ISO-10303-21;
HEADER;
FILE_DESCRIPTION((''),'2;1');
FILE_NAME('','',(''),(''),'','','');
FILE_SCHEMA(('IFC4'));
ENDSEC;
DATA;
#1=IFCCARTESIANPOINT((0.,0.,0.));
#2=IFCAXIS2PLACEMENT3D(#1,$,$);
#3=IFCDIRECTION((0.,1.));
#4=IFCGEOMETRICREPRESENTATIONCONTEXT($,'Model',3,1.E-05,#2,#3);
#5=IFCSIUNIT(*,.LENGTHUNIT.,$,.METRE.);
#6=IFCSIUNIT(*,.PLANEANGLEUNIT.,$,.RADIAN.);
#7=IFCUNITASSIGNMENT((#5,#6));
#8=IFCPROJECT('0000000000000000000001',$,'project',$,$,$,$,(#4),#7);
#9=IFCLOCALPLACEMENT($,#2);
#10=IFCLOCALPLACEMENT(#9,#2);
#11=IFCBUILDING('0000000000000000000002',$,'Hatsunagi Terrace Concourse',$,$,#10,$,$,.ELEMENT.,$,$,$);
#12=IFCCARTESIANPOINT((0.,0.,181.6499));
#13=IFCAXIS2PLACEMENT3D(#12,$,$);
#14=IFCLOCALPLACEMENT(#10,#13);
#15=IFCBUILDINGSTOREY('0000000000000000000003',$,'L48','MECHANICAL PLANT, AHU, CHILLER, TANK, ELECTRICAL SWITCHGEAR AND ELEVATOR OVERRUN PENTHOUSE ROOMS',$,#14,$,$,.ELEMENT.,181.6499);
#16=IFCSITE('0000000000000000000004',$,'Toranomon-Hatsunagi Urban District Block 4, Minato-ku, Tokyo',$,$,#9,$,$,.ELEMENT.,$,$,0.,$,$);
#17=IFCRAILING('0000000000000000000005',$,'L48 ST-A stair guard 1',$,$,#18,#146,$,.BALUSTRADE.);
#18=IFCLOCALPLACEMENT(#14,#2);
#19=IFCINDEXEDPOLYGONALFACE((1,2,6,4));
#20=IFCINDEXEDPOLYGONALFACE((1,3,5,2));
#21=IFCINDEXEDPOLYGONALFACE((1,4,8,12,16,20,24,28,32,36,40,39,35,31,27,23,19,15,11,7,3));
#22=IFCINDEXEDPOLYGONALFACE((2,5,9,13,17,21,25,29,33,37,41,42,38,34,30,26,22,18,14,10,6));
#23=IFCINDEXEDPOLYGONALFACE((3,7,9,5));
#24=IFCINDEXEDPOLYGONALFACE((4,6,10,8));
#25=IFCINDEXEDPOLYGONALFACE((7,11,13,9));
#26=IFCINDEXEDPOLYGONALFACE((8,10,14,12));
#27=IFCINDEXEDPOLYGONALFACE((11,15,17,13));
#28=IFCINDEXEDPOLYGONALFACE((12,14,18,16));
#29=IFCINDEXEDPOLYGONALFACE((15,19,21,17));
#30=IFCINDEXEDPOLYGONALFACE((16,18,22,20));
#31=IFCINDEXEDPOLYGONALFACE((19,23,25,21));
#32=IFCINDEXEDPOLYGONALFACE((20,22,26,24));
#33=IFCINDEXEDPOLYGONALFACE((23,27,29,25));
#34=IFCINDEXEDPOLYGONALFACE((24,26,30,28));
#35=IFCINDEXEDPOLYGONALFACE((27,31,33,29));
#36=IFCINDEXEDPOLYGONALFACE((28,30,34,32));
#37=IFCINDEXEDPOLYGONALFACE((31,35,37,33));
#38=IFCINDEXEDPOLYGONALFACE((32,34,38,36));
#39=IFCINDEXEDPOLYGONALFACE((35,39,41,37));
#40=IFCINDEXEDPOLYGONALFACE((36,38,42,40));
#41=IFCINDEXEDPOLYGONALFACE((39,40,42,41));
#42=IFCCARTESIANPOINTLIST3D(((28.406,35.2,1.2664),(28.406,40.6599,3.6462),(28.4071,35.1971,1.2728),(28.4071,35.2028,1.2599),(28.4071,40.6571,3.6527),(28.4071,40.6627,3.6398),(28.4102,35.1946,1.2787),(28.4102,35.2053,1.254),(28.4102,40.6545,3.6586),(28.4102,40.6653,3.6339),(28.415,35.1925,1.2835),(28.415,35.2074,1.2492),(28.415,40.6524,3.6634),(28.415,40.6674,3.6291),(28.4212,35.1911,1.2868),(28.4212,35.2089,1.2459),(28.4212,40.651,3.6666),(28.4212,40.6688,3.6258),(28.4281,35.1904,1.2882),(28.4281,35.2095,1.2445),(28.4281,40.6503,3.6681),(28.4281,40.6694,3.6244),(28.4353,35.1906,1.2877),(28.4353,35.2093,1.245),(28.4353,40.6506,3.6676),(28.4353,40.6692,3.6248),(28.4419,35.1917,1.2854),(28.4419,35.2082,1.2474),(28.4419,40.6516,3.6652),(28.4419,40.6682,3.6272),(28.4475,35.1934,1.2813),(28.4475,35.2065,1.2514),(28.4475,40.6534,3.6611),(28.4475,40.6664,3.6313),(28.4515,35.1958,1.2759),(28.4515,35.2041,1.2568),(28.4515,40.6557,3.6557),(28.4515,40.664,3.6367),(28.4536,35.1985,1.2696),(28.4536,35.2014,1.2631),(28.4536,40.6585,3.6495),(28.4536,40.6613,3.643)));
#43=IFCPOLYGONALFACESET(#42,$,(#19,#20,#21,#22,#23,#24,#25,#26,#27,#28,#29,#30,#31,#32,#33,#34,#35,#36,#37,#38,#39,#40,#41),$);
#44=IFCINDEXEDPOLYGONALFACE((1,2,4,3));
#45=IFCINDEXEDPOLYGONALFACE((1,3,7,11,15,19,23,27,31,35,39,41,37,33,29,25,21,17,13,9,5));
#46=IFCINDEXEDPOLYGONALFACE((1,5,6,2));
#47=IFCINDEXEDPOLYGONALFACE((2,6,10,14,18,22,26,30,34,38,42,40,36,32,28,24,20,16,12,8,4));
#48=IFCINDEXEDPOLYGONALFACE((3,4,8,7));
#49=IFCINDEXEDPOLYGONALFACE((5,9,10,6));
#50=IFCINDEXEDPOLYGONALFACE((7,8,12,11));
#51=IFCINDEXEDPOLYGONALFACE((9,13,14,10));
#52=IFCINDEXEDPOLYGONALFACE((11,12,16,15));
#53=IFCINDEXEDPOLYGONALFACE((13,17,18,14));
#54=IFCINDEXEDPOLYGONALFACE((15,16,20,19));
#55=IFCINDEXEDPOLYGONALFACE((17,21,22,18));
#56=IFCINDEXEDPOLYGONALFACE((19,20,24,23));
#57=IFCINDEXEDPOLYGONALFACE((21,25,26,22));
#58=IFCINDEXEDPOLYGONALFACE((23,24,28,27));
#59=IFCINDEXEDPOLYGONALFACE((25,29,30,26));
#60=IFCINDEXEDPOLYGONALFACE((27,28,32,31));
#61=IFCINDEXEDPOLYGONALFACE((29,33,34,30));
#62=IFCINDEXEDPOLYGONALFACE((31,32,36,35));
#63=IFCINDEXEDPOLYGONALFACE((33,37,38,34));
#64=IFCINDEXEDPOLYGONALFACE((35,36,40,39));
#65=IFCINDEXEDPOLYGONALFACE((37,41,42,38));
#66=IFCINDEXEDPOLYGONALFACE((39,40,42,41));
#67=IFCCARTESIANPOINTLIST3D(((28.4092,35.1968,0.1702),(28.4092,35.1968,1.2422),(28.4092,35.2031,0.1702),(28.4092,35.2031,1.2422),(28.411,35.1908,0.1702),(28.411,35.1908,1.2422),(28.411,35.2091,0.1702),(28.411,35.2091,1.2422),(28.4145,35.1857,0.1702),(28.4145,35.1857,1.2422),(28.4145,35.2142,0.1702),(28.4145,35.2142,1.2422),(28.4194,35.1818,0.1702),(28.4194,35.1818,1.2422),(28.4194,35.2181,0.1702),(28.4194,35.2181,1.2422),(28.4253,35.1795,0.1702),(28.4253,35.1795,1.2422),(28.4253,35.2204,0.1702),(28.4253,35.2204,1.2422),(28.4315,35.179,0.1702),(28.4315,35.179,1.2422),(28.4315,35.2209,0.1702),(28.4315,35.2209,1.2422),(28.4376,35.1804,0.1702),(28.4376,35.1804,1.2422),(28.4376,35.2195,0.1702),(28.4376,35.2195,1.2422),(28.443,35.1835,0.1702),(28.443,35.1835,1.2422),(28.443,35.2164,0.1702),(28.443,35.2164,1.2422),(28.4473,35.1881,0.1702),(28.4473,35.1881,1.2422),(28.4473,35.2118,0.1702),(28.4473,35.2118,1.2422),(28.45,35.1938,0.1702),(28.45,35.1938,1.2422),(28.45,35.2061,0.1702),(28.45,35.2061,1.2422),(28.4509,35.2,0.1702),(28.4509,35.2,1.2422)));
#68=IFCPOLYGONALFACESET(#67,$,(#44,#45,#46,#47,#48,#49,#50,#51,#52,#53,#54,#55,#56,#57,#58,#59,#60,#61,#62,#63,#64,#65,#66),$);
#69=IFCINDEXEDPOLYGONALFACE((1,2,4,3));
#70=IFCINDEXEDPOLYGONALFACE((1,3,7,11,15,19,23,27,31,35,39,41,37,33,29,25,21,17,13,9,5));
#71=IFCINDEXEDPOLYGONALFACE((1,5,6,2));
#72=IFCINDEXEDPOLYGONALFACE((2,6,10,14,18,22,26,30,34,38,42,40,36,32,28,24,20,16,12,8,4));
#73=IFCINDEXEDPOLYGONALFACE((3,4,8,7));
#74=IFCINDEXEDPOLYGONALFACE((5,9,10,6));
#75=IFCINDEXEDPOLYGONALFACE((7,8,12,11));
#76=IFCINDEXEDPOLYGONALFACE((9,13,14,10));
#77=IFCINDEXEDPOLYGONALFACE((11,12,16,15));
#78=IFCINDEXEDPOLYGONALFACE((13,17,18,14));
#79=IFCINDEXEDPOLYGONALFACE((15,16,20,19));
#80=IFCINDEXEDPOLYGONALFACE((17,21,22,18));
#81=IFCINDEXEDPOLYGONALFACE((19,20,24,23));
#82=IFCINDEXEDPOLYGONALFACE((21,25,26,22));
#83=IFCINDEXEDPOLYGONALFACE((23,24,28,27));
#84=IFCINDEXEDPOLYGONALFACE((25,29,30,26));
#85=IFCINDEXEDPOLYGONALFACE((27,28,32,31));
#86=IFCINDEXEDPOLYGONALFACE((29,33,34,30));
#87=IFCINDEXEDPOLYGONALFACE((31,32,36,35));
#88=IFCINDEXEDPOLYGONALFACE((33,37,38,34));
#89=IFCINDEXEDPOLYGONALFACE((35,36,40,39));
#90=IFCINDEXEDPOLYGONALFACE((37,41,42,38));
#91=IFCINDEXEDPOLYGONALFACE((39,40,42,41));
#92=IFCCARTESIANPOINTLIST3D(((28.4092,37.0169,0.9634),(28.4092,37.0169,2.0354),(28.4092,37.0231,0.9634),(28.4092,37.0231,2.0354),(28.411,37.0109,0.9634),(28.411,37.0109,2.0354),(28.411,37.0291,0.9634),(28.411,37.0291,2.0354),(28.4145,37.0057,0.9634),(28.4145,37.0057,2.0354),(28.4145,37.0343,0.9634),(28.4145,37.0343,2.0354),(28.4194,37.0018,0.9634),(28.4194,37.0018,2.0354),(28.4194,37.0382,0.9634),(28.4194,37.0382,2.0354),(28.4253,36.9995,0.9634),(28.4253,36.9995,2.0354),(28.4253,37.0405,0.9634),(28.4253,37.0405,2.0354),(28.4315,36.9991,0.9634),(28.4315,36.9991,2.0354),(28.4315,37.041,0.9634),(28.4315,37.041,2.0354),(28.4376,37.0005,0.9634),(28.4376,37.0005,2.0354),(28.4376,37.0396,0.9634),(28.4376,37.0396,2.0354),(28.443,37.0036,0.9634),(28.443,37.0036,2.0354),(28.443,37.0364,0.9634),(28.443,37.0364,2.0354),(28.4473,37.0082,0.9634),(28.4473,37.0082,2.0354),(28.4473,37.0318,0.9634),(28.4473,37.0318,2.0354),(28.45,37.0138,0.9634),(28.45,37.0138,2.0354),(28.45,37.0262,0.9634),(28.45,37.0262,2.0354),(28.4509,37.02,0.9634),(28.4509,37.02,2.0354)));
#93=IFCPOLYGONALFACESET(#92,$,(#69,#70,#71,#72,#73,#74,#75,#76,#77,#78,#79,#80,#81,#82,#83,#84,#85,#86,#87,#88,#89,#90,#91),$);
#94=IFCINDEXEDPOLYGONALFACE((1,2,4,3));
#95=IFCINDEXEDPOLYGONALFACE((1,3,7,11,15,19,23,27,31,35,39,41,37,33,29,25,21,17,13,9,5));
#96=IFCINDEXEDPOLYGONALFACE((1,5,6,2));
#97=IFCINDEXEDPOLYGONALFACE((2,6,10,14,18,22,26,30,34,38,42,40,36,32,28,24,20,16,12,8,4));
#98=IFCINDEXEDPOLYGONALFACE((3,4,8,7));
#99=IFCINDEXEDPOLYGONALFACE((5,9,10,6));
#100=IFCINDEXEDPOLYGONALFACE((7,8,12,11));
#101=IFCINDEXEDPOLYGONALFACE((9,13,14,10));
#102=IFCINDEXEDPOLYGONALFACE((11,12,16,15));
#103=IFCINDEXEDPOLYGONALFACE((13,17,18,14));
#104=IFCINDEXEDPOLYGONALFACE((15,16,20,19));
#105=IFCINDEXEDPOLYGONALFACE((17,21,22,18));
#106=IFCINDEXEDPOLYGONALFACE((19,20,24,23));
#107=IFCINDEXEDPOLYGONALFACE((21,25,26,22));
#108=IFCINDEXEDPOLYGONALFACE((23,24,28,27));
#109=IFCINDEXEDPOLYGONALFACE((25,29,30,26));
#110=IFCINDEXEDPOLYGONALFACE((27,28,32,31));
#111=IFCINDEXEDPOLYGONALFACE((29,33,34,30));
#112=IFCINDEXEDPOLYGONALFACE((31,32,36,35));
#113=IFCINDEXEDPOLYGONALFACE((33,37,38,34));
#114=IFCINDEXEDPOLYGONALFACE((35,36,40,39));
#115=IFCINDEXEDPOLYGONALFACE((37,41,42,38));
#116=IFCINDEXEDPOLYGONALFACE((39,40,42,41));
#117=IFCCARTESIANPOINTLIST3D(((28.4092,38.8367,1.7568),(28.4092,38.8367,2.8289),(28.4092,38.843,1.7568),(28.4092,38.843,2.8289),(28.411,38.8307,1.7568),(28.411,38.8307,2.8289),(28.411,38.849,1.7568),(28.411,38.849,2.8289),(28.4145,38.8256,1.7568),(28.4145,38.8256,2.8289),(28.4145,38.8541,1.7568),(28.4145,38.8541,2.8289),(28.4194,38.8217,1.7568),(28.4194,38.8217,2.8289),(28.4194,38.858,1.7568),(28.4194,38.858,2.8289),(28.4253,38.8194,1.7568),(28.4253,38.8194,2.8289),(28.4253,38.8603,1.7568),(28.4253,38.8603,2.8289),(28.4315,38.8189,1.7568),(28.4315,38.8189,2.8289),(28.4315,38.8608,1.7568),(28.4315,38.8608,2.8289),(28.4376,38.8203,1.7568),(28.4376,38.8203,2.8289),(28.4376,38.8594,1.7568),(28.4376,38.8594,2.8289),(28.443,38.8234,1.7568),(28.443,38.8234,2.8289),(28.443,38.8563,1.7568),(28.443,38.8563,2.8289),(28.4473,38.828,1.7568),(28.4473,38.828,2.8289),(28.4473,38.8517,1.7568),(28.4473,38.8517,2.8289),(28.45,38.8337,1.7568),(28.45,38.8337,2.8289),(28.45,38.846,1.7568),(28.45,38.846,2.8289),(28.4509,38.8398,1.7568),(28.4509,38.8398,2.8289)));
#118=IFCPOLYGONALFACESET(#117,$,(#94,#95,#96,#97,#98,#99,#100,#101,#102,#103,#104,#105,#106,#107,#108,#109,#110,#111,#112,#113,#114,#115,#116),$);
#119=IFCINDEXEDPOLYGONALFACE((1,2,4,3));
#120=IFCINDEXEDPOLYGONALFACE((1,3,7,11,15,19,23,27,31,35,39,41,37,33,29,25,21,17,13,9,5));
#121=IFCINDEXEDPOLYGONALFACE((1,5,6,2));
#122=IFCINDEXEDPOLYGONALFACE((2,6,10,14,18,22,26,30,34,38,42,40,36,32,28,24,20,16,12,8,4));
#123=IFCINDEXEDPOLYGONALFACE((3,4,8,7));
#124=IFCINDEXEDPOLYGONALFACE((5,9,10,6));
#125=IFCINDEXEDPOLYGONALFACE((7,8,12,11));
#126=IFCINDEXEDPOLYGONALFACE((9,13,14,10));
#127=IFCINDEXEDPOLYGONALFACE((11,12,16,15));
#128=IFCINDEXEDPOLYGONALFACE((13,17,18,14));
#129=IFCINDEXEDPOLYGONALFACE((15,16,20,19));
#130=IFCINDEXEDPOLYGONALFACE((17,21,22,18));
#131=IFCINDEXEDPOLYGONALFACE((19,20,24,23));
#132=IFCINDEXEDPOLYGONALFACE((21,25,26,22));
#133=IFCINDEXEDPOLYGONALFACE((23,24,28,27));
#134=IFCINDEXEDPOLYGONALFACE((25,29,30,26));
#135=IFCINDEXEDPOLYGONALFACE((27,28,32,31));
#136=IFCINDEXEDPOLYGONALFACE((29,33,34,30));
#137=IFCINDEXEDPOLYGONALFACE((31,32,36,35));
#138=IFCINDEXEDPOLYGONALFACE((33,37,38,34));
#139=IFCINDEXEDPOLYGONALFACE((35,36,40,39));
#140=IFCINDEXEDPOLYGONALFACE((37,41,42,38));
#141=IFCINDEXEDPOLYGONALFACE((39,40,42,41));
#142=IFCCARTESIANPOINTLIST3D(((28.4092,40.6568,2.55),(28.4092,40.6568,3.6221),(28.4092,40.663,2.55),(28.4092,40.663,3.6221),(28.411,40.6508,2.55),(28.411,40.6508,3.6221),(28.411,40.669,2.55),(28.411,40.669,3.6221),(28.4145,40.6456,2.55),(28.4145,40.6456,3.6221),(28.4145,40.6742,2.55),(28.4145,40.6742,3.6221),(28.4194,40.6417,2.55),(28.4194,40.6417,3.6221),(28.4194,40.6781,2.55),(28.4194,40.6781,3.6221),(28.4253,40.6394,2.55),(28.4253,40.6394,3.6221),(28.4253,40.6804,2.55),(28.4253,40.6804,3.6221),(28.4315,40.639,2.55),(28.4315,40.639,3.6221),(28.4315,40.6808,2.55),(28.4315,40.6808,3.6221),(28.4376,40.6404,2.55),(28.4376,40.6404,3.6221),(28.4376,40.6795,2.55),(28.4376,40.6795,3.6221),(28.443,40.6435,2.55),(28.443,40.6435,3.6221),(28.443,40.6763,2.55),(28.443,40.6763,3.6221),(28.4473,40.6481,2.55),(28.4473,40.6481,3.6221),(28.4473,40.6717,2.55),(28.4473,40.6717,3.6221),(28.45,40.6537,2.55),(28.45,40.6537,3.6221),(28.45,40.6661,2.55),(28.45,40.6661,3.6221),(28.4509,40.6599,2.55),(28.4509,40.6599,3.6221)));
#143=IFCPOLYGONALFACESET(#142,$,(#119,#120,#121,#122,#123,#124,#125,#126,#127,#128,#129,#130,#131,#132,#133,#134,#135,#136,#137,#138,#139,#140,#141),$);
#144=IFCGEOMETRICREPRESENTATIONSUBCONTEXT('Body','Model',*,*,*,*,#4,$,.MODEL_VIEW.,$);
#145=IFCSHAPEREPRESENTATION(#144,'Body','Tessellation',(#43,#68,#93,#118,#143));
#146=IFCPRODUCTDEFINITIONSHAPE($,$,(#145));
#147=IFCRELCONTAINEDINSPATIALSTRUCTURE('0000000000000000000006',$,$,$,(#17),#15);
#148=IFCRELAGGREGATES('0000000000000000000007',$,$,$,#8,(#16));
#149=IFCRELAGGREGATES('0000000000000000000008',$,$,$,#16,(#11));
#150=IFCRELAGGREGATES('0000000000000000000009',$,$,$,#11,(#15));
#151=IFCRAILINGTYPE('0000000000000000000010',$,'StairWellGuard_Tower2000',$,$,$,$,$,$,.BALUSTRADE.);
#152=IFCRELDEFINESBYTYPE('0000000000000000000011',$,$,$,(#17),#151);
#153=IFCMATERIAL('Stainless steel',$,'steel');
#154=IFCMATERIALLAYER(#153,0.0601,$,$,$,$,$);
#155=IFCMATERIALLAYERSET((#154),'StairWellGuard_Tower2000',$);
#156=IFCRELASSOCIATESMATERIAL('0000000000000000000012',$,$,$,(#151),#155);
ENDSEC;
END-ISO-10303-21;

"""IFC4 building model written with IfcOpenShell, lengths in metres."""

from ifc_helpers import new_model, si_unit, direction, frame, origin, origin_2d, place, context, subcontext, project, spatial, circle, extrude, material, layer, layer_set, type_object, element, save


model = new_model("IFC4")

# Units and contexts
model_context = context("Model", 3, precision=1e-05, world=origin(), true_north=direction((0.0, 1.0)))
body_context = subcontext(model_context, "Body", "Model", "MODEL_VIEW")
ifc_project = project(units=[si_unit("LENGTHUNIT", "METRE"), si_unit("PLANEANGLEUNIT", "RADIAN")], contexts=[model_context])

# Site, building, storey
site_placement = place(None, origin())
site = spatial("IfcSite", under=ifc_project, at=site_placement, Name="Toranomon-Hatsunagi Urban District Block 4, Minato-ku, Tokyo", CompositionType="ELEMENT", RefElevation=0.0)
building_placement = place(site_placement, origin())
building = spatial("IfcBuilding", under=site, at=building_placement, Name="Hatsunagi Terrace Concourse", CompositionType="ELEMENT")
storey_placement = place(building_placement, frame((0.0, 0.0, 181.6499)))
storey = spatial("IfcBuildingStorey", under=building, at=storey_placement, Name="L48", Description="MECHANICAL PLANT, AHU, CHILLER, TANK, ELECTRICAL SWITCHGEAR AND ELEVATOR OVERRUN PENTHOUSE ROOMS", CompositionType="ELEMENT", Elevation=181.6499)

# Railing
ifc_material_1 = material(Name="Stainless steel", Category="steel")
ifc_layer_1 = layer(ifc_material_1, 0.0601)
ifc_layer_set_1 = layer_set([ifc_layer_1], Name="StairWellGuard_Tower2000")
railing_type_1 = type_object("IfcRailingType", Name="StairWellGuard_Tower2000", PredefinedType="BALUSTRADE", material=ifc_layer_set_1)
railing_1_placement = place(storey_placement, frame((28.4299, 35.2, 0.1702)))
element("IfcRailing", 1, at=railing_1_placement, inside=storey, type_object=railing_type_1, Name="L48 ST-A stair guard 1", PredefinedType="BALUSTRADE", context=body_context, shape_type="SweptSolid", body=[
    extrude(circle(Radius=0.0239, at=origin_2d()), frame((0.0, 0.0, 1.0962), z_axis=(0.0, 0.916702, 0.399571), x_axis=(-1.0, 0.0, 0.0)), (0.0, 0.0, 1.0), 5.9561),
    extrude(circle(Radius=0.021, at=origin_2d()), origin(), (0.0, 0.0, 1.0), 1.072),
    extrude(circle(Radius=0.021, at=origin_2d()), frame((0.0, 1.8201, 0.7932)), (0.0, 0.0, 1.0), 1.072),
    extrude(circle(Radius=0.021, at=origin_2d()), frame((0.0, 3.6399, 1.5867)), (0.0, 0.0, 1.0), 1.072),
    extrude(circle(Radius=0.021, at=origin_2d()), frame((0.0, 5.46, 2.3799)), (0.0, 0.0, 1.0), 1.072),
])

save(model, "model.ifc")
